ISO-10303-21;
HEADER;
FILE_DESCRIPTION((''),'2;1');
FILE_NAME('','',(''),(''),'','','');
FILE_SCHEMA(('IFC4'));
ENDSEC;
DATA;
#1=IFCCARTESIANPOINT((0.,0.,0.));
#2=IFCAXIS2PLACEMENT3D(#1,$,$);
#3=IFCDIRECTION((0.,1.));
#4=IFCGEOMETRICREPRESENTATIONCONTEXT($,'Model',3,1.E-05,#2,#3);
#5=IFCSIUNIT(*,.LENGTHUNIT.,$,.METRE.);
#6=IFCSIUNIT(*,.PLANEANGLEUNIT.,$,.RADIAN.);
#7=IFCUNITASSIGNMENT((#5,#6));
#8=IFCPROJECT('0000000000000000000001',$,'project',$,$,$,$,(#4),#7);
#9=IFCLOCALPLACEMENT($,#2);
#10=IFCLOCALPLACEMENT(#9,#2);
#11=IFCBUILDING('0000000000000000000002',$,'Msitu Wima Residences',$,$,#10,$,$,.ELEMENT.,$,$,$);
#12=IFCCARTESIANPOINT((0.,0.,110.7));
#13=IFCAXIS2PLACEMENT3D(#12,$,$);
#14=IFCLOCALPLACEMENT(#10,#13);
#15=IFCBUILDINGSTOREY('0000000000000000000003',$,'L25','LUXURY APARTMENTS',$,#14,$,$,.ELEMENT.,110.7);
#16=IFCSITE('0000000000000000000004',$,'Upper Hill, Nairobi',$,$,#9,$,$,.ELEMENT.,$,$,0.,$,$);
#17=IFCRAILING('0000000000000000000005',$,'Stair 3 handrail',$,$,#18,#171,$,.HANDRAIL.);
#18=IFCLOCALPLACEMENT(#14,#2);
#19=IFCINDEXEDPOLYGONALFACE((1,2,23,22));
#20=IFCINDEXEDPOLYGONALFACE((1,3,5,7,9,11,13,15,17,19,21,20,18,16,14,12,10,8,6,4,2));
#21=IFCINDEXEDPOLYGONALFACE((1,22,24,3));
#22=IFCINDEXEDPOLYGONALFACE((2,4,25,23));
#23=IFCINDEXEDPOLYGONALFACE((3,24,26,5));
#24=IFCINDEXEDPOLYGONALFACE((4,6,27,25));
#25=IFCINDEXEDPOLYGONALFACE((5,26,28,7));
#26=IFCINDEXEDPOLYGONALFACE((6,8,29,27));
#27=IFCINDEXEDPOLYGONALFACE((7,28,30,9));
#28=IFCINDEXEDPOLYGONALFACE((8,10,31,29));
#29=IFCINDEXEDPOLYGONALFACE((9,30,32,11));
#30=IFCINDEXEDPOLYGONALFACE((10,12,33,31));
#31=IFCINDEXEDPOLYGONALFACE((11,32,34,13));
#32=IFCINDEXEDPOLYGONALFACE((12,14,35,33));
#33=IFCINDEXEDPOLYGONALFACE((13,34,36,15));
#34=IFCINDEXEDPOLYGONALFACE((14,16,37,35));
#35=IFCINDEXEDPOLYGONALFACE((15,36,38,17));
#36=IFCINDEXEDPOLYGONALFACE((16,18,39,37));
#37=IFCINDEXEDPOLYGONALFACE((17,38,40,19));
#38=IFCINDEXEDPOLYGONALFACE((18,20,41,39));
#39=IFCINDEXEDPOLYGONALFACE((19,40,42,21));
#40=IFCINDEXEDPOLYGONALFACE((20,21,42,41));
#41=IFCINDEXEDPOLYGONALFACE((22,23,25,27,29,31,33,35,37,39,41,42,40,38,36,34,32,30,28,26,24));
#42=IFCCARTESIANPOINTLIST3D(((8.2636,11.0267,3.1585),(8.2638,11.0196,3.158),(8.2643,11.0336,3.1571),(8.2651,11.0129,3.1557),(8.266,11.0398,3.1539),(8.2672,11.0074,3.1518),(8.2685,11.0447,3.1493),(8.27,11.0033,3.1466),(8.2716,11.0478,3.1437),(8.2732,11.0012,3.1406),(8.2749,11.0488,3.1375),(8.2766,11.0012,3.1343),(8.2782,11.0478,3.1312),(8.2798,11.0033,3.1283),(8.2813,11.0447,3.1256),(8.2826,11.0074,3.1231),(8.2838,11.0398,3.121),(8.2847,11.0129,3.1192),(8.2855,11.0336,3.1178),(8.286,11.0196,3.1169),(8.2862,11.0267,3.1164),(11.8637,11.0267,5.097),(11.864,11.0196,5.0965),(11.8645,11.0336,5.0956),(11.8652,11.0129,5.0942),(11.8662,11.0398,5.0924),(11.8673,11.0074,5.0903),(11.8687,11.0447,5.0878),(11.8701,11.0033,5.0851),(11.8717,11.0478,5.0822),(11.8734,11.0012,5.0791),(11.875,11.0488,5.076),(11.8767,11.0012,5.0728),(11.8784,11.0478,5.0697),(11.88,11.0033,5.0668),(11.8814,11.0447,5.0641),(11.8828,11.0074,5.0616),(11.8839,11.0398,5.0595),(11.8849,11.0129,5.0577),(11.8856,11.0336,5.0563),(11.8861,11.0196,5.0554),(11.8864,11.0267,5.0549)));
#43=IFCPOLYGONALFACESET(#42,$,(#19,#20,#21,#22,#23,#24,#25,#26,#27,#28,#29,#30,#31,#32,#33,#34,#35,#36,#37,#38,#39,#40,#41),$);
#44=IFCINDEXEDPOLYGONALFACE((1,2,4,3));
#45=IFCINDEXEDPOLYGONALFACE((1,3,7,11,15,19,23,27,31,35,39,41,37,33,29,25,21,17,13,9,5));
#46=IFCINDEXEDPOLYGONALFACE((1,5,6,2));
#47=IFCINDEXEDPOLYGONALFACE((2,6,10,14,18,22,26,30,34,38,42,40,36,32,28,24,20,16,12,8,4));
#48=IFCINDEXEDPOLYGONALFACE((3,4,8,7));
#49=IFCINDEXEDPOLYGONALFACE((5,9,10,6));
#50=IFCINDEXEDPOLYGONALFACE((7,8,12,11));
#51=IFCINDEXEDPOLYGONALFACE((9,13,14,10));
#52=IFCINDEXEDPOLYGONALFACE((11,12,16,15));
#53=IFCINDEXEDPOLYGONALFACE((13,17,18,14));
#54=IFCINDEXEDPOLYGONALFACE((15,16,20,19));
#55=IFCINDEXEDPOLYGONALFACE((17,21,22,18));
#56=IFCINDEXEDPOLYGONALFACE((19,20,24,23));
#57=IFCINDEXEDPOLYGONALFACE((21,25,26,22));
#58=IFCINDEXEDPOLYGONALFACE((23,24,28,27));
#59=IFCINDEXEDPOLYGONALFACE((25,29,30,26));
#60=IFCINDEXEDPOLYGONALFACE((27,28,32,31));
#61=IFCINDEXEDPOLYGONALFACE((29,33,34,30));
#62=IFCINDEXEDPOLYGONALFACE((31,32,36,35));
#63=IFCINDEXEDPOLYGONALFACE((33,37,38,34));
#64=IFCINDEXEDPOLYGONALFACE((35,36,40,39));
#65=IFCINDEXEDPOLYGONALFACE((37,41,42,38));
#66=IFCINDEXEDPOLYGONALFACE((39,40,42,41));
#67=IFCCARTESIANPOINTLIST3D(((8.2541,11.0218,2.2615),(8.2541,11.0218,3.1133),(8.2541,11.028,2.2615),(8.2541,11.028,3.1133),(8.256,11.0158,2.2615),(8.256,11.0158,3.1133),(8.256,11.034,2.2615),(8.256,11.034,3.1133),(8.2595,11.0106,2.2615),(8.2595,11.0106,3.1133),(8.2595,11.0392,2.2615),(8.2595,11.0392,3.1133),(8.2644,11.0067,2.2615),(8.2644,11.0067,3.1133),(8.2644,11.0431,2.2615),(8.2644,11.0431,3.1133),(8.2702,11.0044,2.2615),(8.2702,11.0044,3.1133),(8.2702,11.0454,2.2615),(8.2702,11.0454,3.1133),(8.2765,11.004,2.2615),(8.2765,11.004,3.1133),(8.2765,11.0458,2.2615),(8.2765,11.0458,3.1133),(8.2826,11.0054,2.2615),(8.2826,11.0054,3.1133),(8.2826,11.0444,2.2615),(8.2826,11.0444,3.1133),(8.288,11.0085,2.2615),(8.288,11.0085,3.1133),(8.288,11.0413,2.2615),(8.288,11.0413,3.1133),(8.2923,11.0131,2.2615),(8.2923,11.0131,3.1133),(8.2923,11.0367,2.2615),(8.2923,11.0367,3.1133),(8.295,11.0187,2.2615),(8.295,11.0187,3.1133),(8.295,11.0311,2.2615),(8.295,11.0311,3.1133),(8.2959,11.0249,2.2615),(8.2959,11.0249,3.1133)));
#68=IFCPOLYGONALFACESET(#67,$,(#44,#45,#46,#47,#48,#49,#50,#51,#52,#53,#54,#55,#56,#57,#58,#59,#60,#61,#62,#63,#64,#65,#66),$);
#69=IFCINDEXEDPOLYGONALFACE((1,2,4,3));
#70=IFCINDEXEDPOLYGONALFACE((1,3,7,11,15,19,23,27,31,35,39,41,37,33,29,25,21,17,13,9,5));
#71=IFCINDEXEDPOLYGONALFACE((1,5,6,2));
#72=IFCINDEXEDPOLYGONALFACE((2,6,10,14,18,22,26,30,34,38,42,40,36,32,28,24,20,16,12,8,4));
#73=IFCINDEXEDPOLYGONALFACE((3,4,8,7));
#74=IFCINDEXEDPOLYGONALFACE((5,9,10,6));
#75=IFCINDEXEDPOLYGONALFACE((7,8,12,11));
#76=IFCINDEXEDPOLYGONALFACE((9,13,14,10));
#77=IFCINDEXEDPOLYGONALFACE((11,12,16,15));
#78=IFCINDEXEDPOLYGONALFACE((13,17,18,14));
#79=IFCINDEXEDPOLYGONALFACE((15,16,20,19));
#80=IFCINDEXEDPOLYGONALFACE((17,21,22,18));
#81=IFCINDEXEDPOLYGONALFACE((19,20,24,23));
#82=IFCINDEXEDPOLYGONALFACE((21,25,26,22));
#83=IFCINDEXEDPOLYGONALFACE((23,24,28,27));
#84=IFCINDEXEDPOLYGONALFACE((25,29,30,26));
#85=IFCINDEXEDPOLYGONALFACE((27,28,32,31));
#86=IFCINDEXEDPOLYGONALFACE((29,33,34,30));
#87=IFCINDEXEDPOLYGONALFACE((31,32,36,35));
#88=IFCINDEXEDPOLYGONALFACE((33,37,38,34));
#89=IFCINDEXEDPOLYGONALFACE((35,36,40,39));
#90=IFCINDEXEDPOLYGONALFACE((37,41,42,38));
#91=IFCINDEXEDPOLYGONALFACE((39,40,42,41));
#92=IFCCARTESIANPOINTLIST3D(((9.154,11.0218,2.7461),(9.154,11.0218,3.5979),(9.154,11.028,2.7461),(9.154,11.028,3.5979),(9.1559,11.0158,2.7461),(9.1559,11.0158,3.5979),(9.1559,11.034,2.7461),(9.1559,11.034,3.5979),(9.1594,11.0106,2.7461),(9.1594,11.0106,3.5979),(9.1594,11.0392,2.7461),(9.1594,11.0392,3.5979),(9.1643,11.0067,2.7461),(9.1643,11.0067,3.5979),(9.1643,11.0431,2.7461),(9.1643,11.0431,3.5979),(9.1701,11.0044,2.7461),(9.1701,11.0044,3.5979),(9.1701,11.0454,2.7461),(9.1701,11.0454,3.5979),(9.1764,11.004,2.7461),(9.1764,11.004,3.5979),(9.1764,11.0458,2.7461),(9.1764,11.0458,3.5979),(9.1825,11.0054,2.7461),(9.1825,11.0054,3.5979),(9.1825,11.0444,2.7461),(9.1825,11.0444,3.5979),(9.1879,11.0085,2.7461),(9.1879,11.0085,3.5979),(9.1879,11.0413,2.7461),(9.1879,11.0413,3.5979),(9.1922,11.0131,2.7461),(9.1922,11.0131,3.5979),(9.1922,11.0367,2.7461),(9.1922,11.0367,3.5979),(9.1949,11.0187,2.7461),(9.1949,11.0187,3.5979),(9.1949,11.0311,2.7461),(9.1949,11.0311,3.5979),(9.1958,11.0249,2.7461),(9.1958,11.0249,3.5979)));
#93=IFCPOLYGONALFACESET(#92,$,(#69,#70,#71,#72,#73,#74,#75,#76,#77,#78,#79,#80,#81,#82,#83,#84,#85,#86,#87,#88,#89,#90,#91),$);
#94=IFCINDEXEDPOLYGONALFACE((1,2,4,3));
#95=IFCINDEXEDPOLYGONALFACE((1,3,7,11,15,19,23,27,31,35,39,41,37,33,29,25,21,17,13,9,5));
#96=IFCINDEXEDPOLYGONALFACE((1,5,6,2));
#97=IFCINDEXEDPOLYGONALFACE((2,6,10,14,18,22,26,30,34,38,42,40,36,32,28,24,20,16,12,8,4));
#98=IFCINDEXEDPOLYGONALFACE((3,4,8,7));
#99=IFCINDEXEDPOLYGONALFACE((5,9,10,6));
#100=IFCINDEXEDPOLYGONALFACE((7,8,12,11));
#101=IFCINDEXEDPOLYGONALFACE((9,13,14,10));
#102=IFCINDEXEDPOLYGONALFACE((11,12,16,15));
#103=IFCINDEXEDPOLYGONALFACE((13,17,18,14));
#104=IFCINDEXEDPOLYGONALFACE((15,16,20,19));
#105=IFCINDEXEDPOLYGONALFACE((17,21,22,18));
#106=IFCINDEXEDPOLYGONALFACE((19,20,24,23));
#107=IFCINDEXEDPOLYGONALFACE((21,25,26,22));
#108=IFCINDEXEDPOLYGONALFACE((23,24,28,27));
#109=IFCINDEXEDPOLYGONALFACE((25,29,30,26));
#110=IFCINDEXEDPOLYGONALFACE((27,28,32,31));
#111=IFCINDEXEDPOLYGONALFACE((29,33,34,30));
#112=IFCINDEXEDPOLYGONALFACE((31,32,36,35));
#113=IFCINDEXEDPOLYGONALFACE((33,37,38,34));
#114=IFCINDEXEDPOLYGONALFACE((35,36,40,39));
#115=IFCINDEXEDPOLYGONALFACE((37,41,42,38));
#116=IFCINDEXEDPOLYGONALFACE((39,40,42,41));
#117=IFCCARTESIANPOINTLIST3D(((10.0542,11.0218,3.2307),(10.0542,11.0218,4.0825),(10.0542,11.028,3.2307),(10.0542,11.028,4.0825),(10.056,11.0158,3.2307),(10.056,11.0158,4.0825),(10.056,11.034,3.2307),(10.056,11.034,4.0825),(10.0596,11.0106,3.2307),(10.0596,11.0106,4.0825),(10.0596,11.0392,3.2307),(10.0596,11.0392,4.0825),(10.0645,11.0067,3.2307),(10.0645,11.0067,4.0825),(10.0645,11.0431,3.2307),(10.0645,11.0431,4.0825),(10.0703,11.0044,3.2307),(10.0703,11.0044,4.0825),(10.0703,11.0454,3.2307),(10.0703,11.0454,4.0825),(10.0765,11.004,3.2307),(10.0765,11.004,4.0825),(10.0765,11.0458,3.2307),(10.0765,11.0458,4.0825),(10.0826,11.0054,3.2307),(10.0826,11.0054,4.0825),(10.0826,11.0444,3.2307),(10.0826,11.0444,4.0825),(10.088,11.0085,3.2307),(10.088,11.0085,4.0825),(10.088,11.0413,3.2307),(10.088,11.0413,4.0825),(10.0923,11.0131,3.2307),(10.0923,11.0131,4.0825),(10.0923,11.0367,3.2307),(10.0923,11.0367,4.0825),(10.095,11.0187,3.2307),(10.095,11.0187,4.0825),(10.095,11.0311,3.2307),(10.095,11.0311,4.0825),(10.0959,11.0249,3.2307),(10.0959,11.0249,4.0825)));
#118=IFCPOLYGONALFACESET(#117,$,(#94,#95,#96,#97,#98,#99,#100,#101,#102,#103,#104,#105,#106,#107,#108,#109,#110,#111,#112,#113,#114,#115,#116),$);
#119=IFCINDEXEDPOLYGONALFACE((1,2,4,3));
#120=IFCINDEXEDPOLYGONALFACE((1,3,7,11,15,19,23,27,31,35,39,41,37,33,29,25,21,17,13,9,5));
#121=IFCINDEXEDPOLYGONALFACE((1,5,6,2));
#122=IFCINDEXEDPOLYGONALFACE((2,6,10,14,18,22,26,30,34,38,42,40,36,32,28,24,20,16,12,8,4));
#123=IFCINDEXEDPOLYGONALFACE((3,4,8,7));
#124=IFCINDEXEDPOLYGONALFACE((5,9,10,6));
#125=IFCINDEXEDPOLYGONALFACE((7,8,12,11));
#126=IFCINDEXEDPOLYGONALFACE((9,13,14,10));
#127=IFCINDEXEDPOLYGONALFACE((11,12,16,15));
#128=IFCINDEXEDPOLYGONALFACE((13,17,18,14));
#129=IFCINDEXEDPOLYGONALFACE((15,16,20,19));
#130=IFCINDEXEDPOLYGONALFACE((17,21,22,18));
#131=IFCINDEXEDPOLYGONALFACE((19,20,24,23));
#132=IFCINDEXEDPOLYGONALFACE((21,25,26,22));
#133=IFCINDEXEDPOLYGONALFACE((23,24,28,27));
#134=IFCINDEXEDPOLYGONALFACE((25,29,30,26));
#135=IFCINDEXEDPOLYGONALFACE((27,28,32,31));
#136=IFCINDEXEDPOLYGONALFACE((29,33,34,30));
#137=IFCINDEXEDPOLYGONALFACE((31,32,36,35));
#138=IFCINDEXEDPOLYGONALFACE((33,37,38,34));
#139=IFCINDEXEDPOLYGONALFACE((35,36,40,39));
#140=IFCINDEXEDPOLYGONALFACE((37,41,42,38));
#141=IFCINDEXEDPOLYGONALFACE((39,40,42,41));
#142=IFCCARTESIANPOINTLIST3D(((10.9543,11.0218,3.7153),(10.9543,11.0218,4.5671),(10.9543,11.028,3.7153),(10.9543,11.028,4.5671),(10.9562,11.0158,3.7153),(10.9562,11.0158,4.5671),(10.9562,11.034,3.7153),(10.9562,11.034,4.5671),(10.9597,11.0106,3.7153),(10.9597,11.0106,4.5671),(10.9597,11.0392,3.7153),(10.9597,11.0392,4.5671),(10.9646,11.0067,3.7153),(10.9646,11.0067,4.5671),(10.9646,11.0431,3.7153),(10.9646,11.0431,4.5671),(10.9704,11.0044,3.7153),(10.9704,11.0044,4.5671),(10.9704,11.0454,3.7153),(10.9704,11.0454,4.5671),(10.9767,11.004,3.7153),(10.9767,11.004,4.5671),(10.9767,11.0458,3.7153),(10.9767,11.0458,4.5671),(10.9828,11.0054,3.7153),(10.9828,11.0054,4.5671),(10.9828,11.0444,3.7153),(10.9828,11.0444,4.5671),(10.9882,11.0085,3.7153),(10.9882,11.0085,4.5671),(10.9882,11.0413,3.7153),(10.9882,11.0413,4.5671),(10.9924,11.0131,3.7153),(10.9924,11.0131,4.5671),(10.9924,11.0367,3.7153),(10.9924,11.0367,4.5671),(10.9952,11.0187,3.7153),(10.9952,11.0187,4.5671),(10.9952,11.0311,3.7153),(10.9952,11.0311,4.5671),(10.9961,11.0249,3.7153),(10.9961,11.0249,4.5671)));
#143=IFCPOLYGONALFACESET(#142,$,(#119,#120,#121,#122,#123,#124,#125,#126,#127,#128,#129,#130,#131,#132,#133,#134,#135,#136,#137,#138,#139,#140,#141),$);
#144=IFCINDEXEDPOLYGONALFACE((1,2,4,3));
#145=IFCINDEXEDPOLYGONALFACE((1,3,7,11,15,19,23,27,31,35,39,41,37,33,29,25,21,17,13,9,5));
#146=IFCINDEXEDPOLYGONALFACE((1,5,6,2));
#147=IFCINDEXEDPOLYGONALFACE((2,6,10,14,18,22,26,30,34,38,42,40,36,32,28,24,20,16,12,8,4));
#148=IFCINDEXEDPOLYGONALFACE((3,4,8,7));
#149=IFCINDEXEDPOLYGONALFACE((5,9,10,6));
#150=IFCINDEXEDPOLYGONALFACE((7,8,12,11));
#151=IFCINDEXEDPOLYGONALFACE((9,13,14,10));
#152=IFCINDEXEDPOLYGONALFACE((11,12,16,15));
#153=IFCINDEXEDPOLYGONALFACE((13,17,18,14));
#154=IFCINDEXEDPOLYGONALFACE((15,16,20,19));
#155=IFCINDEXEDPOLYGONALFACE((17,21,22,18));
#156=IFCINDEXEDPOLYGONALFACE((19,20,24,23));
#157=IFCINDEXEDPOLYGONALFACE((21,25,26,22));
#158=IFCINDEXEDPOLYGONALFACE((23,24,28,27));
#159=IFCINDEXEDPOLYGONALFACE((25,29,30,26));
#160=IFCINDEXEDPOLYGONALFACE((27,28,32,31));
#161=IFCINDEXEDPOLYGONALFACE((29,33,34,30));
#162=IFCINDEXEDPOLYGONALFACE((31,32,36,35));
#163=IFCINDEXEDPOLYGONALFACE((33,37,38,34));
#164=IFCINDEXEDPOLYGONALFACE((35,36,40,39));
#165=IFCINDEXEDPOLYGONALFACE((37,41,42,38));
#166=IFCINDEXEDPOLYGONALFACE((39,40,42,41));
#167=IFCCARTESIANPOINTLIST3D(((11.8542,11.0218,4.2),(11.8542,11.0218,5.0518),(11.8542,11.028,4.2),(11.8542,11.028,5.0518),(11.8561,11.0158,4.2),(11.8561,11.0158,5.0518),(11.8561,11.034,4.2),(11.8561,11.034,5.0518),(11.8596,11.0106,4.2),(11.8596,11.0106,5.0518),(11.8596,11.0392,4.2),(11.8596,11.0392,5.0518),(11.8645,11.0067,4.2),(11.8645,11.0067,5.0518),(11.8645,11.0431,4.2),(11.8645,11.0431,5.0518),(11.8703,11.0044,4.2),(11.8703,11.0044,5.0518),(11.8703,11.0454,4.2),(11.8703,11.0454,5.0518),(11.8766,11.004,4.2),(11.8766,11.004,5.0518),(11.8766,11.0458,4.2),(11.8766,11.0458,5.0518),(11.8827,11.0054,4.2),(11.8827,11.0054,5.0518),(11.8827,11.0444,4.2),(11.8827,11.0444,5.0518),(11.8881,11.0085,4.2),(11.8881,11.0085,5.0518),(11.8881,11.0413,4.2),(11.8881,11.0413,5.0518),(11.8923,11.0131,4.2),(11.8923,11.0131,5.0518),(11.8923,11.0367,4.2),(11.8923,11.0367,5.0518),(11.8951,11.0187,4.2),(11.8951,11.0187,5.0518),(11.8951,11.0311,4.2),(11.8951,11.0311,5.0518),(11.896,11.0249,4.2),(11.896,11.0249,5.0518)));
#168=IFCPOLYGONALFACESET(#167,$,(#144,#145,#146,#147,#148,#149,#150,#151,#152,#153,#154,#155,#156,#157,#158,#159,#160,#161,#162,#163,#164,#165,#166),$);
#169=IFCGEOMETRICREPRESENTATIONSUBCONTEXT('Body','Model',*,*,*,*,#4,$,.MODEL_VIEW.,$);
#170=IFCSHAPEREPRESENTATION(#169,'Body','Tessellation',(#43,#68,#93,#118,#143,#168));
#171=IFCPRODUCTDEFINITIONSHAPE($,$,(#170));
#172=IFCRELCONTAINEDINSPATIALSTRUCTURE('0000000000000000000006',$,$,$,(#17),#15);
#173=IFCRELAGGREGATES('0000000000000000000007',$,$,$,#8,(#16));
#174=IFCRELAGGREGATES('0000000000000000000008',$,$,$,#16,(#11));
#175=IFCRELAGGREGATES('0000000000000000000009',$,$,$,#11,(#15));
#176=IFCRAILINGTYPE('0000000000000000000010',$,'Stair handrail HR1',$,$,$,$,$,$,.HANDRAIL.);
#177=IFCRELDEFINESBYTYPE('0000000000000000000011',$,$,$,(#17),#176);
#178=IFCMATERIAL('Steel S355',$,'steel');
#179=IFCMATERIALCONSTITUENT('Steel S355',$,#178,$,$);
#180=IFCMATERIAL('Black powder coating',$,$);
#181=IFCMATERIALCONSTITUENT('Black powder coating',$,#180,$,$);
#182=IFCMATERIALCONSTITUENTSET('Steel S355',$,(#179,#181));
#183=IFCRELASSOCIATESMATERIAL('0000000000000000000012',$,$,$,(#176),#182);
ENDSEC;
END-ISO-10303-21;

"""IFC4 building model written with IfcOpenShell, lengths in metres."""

from ifc_helpers import new_model, si_unit, direction, frame, origin, origin_2d, place, context, subcontext, project, spatial, circle, extrude, material, constituent, constituent_set, type_object, element, save


model = new_model("IFC4")

# Units and contexts
model_context = context("Model", 3, precision=1e-05, world=origin(), true_north=direction((0.0, 1.0)))
body_context = subcontext(model_context, "Body", "Model", "MODEL_VIEW")
ifc_project = project(units=[si_unit("LENGTHUNIT", "METRE"), si_unit("PLANEANGLEUNIT", "RADIAN")], contexts=[model_context])

# Site, building, storey
site_placement = place(None, origin())
site = spatial("IfcSite", under=ifc_project, at=site_placement, Name="Upper Hill, Nairobi", CompositionType="ELEMENT", RefElevation=0.0)
building_placement = place(site_placement, origin())
building = spatial("IfcBuilding", under=site, at=building_placement, Name="Msitu Wima Residences", CompositionType="ELEMENT")
storey_placement = place(building_placement, frame((0.0, 0.0, 110.7)))
storey = spatial("IfcBuildingStorey", under=building, at=storey_placement, Name="L25", Description="LUXURY APARTMENTS", CompositionType="ELEMENT", Elevation=110.7)

# Railing
ifc_material_1 = material(Name="Steel S355", Category="steel")
ifc_constituent_1 = constituent(ifc_material_1, Name="Steel S355")
ifc_material_2 = material(Name="Black powder coating")
ifc_constituent_2 = constituent(ifc_material_2, Name="Black powder coating")
ifc_constituent_set = constituent_set(constituents=[ifc_constituent_1, ifc_constituent_2], Name="Steel S355")
railing_type = type_object("IfcRailingType", Name="Stair handrail HR1", PredefinedType="HANDRAIL", material=ifc_constituent_set)
for number, where, name in (
    (1, (8.2749, 11.0249, 2.2615), "Stair 3 handrail"),
):
    element("IfcRailing", number, at=place(storey_placement, frame(where)), inside=storey, type_object=railing_type, Name=name, PredefinedType="HANDRAIL", context=body_context, shape_type="SweptSolid", body=[
        extrude(circle(Radius=0.0239, at=origin_2d()), frame((0.0, 0.0, 0.876), z_axis=(0.880475, 0.0, 0.474093), x_axis=(0.0, 1.0, 0.0)), (0.0, 0.0, 1.0), 4.0889),
        extrude(circle(Radius=0.021, at=origin_2d()), origin(), (0.0, 0.0, 1.0), 0.8518),
        extrude(circle(Radius=0.021, at=origin_2d()), frame((0.8999, 0.0, 0.4846)), (0.0, 0.0, 1.0), 0.8518),
        extrude(circle(Radius=0.021, at=origin_2d()), frame((1.8, 0.0, 0.9692)), (0.0, 0.0, 1.0), 0.8518),
        extrude(circle(Radius=0.021, at=origin_2d()), frame((2.7002, 0.0, 1.4539)), (0.0, 0.0, 1.0), 0.8518),
        extrude(circle(Radius=0.021, at=origin_2d()), frame((3.6001, 0.0, 1.9385)), (0.0, 0.0, 1.0), 0.8518),
    ])

save(model, "model.ifc")
